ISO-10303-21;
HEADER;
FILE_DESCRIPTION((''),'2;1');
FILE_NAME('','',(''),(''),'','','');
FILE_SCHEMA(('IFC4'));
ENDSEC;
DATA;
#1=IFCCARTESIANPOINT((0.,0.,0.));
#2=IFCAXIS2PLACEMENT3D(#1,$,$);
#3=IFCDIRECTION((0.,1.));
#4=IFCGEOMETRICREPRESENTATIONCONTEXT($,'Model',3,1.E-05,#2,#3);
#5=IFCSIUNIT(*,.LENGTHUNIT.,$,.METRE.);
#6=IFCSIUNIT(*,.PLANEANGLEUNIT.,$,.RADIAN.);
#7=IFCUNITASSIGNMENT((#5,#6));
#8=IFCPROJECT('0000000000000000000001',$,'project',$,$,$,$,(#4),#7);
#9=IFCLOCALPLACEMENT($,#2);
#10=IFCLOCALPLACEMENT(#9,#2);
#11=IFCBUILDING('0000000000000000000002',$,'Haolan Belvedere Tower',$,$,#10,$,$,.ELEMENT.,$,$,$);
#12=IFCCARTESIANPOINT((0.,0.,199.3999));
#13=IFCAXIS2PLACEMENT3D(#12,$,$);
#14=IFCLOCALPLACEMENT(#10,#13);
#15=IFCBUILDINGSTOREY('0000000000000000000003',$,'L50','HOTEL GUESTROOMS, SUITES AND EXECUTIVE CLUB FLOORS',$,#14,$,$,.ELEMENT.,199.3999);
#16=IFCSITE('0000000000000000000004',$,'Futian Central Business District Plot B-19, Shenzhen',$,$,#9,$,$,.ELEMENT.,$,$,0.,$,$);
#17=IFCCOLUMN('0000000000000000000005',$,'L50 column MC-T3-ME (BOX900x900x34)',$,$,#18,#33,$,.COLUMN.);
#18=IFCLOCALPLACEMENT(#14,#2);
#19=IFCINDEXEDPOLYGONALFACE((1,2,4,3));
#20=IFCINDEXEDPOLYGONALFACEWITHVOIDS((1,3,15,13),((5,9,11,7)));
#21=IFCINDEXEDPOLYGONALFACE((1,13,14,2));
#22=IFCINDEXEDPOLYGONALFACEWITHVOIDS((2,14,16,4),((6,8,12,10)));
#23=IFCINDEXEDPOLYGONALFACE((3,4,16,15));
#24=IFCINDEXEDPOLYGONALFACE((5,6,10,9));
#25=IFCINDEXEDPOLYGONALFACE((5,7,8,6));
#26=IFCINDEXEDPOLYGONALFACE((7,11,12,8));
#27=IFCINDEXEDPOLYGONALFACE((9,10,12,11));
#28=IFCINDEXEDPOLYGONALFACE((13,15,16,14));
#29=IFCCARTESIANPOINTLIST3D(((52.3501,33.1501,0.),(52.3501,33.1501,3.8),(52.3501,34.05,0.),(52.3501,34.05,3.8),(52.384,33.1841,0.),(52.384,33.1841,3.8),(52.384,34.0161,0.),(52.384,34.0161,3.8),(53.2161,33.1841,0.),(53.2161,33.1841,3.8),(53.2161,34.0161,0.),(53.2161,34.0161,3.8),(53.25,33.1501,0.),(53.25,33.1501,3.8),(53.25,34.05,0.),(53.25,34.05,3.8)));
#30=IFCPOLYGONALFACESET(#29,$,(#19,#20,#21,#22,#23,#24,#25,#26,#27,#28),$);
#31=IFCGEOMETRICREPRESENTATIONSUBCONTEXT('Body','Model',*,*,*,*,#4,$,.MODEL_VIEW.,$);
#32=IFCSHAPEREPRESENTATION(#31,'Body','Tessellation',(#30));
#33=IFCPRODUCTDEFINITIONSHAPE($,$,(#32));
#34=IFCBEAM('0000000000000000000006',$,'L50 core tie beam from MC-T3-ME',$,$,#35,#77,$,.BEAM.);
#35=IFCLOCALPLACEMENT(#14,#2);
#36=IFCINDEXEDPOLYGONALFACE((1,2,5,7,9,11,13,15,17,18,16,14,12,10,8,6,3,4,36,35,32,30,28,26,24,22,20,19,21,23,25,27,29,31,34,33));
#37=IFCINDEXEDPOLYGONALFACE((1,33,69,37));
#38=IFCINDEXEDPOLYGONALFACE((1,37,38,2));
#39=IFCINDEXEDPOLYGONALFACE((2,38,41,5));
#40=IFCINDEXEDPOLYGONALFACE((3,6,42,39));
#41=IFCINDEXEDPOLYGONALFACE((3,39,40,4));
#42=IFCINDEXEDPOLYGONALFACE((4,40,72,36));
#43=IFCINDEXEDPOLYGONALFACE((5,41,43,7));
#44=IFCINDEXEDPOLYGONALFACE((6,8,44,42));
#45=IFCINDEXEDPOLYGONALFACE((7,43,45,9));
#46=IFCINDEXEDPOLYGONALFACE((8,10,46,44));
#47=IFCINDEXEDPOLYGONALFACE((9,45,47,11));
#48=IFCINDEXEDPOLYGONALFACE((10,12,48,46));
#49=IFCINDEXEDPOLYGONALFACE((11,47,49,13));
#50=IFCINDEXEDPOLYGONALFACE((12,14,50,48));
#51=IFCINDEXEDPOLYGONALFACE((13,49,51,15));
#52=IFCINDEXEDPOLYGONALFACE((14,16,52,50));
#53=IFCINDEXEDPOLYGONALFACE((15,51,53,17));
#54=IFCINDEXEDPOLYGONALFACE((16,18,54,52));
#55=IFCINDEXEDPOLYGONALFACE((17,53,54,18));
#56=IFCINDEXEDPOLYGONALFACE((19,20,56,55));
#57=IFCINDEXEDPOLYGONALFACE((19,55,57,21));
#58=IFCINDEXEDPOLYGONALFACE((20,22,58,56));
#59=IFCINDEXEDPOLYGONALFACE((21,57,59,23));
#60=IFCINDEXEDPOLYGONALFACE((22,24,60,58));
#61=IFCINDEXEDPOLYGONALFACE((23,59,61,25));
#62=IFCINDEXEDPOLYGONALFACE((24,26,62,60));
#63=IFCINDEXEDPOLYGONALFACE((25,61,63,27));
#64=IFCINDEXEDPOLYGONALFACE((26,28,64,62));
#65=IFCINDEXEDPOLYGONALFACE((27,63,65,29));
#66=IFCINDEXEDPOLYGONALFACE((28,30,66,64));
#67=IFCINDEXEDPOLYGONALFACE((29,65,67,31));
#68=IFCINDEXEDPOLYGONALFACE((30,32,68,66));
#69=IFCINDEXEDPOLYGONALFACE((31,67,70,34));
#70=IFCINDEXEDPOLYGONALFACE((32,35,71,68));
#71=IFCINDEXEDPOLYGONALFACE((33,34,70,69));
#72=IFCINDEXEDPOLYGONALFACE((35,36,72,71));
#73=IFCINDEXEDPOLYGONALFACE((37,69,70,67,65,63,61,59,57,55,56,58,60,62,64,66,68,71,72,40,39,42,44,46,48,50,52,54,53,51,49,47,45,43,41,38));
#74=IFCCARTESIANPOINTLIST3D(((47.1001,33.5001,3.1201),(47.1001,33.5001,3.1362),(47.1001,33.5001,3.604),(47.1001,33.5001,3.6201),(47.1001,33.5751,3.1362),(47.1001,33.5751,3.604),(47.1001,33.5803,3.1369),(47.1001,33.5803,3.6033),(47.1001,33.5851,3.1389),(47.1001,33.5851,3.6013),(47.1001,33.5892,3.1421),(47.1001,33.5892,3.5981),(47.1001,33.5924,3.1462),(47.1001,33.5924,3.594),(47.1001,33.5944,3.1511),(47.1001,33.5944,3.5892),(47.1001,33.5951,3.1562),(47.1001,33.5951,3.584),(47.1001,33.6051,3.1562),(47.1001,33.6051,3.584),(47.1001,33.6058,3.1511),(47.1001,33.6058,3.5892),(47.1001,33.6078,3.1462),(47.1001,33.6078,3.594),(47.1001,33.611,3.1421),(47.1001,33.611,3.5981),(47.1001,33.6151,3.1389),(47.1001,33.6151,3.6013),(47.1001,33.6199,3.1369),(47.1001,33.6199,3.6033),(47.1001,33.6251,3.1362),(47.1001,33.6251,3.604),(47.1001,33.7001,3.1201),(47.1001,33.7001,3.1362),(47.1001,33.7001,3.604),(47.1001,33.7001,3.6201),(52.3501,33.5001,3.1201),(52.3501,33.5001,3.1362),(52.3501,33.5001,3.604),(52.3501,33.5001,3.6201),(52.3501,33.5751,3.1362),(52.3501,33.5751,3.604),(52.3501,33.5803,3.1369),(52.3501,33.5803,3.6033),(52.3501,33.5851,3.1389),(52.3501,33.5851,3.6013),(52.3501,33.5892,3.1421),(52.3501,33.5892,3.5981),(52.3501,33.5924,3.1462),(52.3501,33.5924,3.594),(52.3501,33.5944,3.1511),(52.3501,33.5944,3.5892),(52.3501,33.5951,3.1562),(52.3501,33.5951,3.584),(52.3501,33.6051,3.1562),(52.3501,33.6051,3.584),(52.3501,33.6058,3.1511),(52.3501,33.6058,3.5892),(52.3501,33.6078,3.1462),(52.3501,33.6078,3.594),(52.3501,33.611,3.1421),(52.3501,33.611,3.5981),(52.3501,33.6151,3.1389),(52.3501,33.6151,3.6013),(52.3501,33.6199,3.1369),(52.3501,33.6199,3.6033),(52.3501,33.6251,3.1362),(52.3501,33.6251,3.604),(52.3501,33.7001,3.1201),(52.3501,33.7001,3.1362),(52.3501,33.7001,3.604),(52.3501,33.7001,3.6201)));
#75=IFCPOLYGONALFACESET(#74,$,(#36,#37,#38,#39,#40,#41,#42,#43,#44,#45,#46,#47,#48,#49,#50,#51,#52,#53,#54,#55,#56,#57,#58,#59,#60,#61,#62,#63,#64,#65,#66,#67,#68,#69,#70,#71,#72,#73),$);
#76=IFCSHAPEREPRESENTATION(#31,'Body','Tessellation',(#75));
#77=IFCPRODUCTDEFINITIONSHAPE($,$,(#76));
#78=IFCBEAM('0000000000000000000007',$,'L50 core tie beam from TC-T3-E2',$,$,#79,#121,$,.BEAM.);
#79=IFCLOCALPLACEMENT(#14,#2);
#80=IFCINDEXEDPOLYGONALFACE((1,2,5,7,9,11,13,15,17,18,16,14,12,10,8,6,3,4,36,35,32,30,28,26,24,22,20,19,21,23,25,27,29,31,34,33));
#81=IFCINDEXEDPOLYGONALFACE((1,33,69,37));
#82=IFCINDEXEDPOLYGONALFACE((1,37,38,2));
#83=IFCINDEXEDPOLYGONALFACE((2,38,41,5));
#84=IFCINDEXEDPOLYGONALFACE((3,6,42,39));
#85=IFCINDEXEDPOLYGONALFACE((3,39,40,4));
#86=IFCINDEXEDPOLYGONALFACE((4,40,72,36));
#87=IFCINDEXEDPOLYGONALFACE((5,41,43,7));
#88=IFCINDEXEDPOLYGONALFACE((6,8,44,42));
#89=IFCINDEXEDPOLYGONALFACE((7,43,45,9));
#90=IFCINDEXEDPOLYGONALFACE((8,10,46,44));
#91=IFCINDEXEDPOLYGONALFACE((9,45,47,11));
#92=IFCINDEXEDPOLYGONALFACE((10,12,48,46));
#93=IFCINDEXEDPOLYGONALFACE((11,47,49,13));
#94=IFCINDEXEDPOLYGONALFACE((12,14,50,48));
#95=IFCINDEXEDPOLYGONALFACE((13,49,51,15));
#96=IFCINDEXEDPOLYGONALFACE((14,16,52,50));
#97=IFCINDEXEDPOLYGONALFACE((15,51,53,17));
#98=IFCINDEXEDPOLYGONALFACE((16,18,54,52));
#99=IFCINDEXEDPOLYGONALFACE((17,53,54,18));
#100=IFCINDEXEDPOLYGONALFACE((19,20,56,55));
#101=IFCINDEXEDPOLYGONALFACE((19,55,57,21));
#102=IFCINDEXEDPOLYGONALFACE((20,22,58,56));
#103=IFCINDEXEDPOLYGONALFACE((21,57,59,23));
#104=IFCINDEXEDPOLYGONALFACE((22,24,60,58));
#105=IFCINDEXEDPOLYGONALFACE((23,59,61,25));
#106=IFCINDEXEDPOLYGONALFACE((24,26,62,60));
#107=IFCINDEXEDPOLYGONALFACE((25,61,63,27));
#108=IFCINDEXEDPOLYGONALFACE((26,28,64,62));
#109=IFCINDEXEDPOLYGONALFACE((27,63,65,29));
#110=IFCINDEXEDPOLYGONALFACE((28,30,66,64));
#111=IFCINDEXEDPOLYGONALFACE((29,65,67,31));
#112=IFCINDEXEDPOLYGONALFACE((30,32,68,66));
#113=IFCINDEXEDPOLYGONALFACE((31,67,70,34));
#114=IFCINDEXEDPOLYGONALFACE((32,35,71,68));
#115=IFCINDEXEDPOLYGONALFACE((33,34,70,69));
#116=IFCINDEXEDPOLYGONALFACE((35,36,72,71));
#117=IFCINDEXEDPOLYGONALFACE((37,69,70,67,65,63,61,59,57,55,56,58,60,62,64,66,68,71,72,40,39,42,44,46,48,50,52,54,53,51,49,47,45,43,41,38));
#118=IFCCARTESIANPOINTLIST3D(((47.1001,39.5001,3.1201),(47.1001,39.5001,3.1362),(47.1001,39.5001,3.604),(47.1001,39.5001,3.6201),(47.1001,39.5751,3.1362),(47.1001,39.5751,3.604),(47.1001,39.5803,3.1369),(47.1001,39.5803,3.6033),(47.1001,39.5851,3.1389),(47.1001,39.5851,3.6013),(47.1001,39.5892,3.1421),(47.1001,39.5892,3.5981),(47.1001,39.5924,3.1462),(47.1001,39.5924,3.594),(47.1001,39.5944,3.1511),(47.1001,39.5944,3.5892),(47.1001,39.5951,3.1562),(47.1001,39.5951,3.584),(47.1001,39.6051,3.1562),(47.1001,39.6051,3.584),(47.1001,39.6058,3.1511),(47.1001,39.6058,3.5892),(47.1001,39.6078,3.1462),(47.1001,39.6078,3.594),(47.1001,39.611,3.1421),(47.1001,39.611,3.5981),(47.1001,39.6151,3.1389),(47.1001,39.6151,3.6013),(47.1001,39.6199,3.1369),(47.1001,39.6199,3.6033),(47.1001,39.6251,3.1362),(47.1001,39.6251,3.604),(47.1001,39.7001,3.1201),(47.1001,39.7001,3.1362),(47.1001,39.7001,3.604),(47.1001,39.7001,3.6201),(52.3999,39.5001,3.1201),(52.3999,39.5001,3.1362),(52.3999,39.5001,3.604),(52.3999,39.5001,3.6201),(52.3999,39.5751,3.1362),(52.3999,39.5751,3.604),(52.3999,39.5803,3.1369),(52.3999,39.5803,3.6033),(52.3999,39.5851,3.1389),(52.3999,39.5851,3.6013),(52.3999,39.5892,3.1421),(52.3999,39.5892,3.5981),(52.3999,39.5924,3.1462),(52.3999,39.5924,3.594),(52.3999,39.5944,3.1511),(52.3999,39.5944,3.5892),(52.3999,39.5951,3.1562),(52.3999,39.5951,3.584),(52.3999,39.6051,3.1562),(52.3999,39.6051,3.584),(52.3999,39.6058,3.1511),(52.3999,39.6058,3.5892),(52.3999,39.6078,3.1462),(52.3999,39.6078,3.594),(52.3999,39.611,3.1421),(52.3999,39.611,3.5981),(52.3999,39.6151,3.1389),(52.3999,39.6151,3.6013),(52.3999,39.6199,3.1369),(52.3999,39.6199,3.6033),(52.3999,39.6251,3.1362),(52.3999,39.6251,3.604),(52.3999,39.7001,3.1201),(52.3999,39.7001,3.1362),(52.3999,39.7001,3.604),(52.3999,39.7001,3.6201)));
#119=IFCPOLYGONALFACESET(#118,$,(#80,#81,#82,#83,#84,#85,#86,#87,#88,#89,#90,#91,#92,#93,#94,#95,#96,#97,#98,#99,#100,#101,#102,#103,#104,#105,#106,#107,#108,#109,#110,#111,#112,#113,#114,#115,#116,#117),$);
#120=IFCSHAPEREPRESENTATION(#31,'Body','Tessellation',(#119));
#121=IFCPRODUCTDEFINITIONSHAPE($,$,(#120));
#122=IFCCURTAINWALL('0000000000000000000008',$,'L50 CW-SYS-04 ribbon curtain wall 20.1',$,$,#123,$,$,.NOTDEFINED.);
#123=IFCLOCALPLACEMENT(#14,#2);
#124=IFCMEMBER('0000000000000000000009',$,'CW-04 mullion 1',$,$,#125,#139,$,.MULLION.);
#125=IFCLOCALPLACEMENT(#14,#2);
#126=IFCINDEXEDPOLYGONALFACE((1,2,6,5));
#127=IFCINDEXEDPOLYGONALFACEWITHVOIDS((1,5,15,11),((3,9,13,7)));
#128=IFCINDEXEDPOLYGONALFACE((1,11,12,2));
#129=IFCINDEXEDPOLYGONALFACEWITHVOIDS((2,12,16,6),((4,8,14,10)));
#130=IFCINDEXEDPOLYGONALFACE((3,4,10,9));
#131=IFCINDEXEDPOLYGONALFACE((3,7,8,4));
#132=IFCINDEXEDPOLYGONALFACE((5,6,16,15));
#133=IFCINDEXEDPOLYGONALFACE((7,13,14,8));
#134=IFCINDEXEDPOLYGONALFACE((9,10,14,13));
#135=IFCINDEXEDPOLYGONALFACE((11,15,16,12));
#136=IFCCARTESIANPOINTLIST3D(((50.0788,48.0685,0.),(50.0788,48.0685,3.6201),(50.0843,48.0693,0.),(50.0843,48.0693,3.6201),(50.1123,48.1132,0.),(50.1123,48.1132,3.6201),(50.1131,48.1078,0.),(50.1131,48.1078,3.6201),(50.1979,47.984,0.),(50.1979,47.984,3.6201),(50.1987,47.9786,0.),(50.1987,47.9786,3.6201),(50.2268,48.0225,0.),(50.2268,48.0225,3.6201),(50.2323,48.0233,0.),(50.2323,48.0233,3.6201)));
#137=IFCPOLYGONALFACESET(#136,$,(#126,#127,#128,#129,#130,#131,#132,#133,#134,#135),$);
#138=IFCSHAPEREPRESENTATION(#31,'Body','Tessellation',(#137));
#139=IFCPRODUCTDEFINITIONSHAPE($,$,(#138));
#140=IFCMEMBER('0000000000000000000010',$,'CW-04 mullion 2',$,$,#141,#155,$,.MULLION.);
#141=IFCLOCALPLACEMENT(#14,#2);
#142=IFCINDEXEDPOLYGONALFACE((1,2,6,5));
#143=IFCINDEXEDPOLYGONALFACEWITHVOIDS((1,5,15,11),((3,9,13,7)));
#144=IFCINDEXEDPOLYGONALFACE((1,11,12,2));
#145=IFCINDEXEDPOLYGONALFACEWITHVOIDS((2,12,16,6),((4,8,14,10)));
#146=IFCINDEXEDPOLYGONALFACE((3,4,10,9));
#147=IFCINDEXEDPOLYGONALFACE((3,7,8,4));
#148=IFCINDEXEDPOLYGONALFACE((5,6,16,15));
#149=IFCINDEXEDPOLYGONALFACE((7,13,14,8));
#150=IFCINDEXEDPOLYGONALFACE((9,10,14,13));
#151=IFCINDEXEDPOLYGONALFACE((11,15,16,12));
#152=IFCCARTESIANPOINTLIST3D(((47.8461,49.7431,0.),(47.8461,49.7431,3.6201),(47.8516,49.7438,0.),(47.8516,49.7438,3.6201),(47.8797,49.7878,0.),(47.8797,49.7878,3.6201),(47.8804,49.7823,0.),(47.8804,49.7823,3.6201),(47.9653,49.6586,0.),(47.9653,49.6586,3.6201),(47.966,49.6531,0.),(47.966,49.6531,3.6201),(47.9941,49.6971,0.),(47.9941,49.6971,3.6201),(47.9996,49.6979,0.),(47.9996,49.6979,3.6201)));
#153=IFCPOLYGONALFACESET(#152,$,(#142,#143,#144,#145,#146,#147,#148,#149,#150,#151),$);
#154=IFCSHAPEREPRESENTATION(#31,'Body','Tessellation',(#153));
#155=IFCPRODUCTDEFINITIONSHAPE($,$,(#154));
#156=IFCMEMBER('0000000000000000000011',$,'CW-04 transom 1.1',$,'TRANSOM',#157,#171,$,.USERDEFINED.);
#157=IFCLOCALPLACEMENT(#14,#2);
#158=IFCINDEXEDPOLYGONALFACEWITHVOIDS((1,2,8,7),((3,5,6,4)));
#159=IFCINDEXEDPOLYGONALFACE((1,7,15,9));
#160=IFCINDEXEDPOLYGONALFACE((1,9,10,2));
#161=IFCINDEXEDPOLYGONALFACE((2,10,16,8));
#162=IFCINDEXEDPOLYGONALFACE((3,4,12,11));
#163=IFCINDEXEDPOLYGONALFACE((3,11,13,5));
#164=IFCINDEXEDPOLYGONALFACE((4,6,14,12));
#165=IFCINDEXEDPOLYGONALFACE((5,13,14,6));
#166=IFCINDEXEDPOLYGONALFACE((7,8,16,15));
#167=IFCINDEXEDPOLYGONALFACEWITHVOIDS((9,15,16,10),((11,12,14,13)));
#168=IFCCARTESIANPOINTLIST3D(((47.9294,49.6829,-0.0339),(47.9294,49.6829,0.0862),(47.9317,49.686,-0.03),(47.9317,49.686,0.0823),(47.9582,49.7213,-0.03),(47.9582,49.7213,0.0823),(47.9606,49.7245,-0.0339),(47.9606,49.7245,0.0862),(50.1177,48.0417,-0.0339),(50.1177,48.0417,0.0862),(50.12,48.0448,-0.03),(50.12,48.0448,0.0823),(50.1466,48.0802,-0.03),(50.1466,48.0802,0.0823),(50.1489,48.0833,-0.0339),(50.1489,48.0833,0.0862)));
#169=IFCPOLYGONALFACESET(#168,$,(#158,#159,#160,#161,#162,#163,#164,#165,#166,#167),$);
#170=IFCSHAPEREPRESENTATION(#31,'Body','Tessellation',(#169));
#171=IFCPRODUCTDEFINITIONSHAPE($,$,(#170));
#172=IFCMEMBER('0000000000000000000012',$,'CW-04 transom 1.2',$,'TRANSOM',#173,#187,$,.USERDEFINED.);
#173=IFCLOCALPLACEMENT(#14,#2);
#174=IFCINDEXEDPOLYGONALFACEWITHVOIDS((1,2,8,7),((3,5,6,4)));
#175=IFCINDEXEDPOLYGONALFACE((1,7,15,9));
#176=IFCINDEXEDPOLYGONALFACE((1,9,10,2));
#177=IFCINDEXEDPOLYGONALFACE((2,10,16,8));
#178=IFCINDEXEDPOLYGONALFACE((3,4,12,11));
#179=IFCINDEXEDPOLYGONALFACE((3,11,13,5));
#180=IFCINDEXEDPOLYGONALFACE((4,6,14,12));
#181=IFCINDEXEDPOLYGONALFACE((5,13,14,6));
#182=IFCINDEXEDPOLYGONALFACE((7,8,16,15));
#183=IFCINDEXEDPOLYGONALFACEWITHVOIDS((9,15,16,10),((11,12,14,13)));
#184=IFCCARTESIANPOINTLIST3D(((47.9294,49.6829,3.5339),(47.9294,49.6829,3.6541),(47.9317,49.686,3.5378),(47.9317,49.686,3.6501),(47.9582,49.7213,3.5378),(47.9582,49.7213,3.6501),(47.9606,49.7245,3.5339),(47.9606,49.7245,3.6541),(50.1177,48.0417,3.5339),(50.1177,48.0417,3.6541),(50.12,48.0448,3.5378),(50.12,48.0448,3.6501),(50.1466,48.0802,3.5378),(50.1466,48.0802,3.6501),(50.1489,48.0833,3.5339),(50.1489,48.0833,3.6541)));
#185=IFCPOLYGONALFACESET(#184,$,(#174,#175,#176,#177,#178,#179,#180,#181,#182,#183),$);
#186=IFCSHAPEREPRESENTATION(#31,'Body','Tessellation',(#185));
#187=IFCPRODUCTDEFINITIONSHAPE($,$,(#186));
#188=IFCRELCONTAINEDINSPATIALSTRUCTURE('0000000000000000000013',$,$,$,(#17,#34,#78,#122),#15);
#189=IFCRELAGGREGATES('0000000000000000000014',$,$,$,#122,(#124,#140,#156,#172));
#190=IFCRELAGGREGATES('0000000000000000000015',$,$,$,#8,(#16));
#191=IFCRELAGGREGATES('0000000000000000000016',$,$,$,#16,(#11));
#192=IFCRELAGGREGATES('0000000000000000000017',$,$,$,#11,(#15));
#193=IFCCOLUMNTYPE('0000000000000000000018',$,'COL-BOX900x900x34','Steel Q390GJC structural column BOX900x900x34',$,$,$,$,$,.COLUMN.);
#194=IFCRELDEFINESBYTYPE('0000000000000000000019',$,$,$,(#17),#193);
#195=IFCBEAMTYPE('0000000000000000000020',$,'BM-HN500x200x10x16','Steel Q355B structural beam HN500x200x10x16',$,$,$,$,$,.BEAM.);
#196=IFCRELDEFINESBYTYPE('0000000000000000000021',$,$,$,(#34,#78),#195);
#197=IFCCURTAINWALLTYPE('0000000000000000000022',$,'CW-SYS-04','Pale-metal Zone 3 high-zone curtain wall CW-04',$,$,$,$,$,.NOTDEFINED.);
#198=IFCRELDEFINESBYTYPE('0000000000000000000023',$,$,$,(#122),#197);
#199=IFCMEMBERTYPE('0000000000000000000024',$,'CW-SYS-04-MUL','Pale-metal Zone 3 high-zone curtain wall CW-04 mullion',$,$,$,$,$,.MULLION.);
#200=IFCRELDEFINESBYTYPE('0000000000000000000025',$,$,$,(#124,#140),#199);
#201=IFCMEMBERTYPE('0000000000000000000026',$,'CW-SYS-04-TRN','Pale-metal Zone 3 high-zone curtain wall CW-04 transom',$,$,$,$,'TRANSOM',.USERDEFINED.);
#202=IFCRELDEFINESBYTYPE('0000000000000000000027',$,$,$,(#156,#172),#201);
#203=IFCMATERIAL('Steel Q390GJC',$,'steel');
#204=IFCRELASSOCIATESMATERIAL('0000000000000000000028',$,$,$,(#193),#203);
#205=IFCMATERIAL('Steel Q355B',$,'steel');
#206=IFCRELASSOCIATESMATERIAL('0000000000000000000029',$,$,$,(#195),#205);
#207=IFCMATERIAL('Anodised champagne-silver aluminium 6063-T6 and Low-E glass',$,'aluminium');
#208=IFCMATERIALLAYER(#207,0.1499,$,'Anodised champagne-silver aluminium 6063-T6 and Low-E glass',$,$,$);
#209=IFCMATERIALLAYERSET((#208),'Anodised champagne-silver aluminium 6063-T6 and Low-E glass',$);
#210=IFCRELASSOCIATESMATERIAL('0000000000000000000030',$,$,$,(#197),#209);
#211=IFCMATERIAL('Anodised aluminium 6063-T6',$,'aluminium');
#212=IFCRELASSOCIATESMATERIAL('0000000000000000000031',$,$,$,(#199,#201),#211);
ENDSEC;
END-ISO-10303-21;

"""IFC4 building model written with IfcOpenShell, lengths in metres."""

from ifc_helpers import new_model, si_unit, direction, frame, origin, origin_2d, place, context, subcontext, project, spatial, hollow_rectangle, i_section, extrude, material, layer, layer_set, material_profile, profile_set, type_object, element, aggregate, save


model = new_model("IFC4")

# Units and contexts
model_context = context("Model", 3, precision=1e-05, world=origin(), true_north=direction((0.0, 1.0)))
body_context = subcontext(model_context, "Body", "Model", "MODEL_VIEW")
ifc_project = project(units=[si_unit("LENGTHUNIT", "METRE"), si_unit("PLANEANGLEUNIT", "RADIAN")], contexts=[model_context])

# Site, building, storey
site_placement = place(None, origin())
site = spatial("IfcSite", under=ifc_project, at=site_placement, Name="Futian Central Business District Plot B-19, Shenzhen", CompositionType="ELEMENT", RefElevation=0.0)
building_placement = place(site_placement, origin())
building = spatial("IfcBuilding", under=site, at=building_placement, Name="Haolan Belvedere Tower", CompositionType="ELEMENT")
storey_placement = place(building_placement, frame((0.0, 0.0, 199.3999)))
storey = spatial("IfcBuildingStorey", under=building, at=storey_placement, Name="L50", Description="HOTEL GUESTROOMS, SUITES AND EXECUTIVE CLUB FLOORS", CompositionType="ELEMENT", Elevation=199.3999)

# Column
ifc_material_1 = material(Name="Steel Q390GJC", Category="steel")
ifc_material_profile_1 = material_profile(ifc_material_1, hollow_rectangle(XDim=0.8999, YDim=0.8999, WallThickness=0.0339, at=origin_2d()), Name="Steel Q390GJC")
ifc_profile_set_1 = profile_set([ifc_material_profile_1], Name="Steel Q390GJC")
column_type = type_object("IfcColumnType", Name="COL-BOX900x900x34", Description="Steel Q390GJC structural column BOX900x900x34", PredefinedType="COLUMN", material=ifc_profile_set_1)
column_placement = place(storey_placement, frame((52.8, 33.6001, 0.0), z_axis=(0.0, 0.0, 1.0), x_axis=(1.0, 0.0, 0.0)))
element("IfcColumn", 1, at=column_placement, inside=storey, type_object=column_type, Name="L50 column MC-T3-ME (BOX900x900x34)", PredefinedType="COLUMN", context=body_context, shape_type="SweptSolid", body=[
    extrude(hollow_rectangle(XDim=0.8999, YDim=0.8999, WallThickness=0.0339, at=origin_2d()), origin(), (0.0, 0.0, 1.0), 3.8),
])

# Beams
ifc_material_2 = material(Name="Steel Q355B", Category="steel")
ifc_material_profile_2 = material_profile(ifc_material_2, i_section(OverallWidth=0.2, OverallDepth=0.5, WebThickness=0.01, FlangeThickness=0.0161, FilletRadius=0.02, at=origin_2d()), Name="Steel Q355B")
ifc_profile_set_2 = profile_set([ifc_material_profile_2], Name="Steel Q355B")
beam_type = type_object("IfcBeamType", Name="BM-HN500x200x10x16", Description="Steel Q355B structural beam HN500x200x10x16", PredefinedType="BEAM", material=ifc_profile_set_2)
beam_1_placement = place(storey_placement, frame((52.3501, 33.6001, 3.3701), z_axis=(-1.0, 0.0, 0.0), x_axis=(0.0, -1.0, 0.0)))
element("IfcBeam", 2, at=beam_1_placement, inside=storey, type_object=beam_type, Name="L50 core tie beam from MC-T3-ME", PredefinedType="BEAM", context=body_context, shape_type="SweptSolid", body=[
    extrude(i_section(OverallWidth=0.2, OverallDepth=0.5, WebThickness=0.01, FlangeThickness=0.0161, FilletRadius=0.02, at=origin_2d()), origin(), (0.0, 0.0, 1.0), 5.25),
])
beam_2_placement = place(storey_placement, frame((52.3999, 39.6001, 3.3701), z_axis=(-1.0, 0.0, 0.0), x_axis=(0.0, -1.0, 0.0)))
element("IfcBeam", 3, at=beam_2_placement, inside=storey, type_object=beam_type, Name="L50 core tie beam from TC-T3-E2", PredefinedType="BEAM", context=body_context, shape_type="SweptSolid", body=[
    extrude(i_section(OverallWidth=0.2, OverallDepth=0.5, WebThickness=0.01, FlangeThickness=0.0161, FilletRadius=0.02, at=origin_2d()), origin(), (0.0, 0.0, 1.0), 5.2998),
])

# Curtain wall, members
ifc_material_3 = material(Name="Anodised champagne-silver aluminium 6063-T6 and Low-E glass", Category="aluminium")
ifc_layer_1 = layer(ifc_material_3, 0.1499, Name="Anodised champagne-silver aluminium 6063-T6 and Low-E glass")
ifc_layer_set_1 = layer_set([ifc_layer_1], Name="Anodised champagne-silver aluminium 6063-T6 and Low-E glass")
curtain_wall_type = type_object("IfcCurtainWallType", Name="CW-SYS-04", Description="Pale-metal Zone 3 high-zone curtain wall CW-04", PredefinedType="NOTDEFINED", material=ifc_layer_set_1)
curtain_wall_placement = place(storey_placement, origin())
curtain_wall = element("IfcCurtainWall", 4, at=curtain_wall_placement, inside=storey, type_object=curtain_wall_type, Name="L50 CW-SYS-04 ribbon curtain wall 20.1", PredefinedType="NOTDEFINED")
ifc_material_4 = material(Name="Anodised aluminium 6063-T6", Category="aluminium")
ifc_material_profile_3 = material_profile(ifc_material_4, hollow_rectangle(XDim=0.0559, YDim=0.1499, WallThickness=0.0039, at=origin_2d()), Name="Anodised aluminium 6063-T6")
ifc_profile_set_3 = profile_set([ifc_material_profile_3], Name="Anodised aluminium 6063-T6")
member_type_1 = type_object("IfcMemberType", Name="CW-SYS-04-MUL", Description="Pale-metal Zone 3 high-zone curtain wall CW-04 mullion", PredefinedType="MULLION", material=ifc_profile_set_3)
member_1_placement = place(storey_placement, frame((50.1555, 48.0459, 0.0), z_axis=(0.0, 0.0, 1.0), x_axis=(-0.600003, -0.799998, 0.0)))
member_1 = element("IfcMember", 5, at=member_1_placement, type_object=member_type_1, Name="CW-04 mullion 1", PredefinedType="MULLION", context=body_context, shape_type="SweptSolid", body=[
    extrude(hollow_rectangle(XDim=0.0559, YDim=0.1499, WallThickness=0.0039, at=origin_2d()), origin(), (0.0, 0.0, 1.0), 3.6201),
])
member_2_placement = place(storey_placement, frame((47.9229, 49.7205, 0.0), z_axis=(0.0, 0.0, 1.0), x_axis=(-0.600003, -0.799998, 0.0)))
member_2 = element("IfcMember", 6, at=member_2_placement, type_object=member_type_1, Name="CW-04 mullion 2", PredefinedType="MULLION", context=body_context, shape_type="SweptSolid", body=[
    extrude(hollow_rectangle(XDim=0.0559, YDim=0.1499, WallThickness=0.0039, at=origin_2d()), origin(), (0.0, 0.0, 1.0), 3.6201),
])
ifc_material_profile_4 = material_profile(ifc_material_4, hollow_rectangle(XDim=0.052, YDim=0.1201, WallThickness=0.0039, at=origin_2d()), Name="Anodised aluminium 6063-T6")
ifc_profile_set_4 = profile_set([ifc_material_profile_4], Name="Anodised aluminium 6063-T6")
member_type_2 = type_object("IfcMemberType", Name="CW-SYS-04-TRN", Description="Pale-metal Zone 3 high-zone curtain wall CW-04 transom", ElementType="TRANSOM", PredefinedType="USERDEFINED", material=ifc_profile_set_4)
member_3_placement = place(storey_placement, frame((50.1333, 48.0625, 0.0261), z_axis=(-0.800011, 0.599986, 0.0), x_axis=(-0.599986, -0.800011, 0.0)))
member_3 = element("IfcMember", 7, at=member_3_placement, type_object=member_type_2, Name="CW-04 transom 1.1", ObjectType="TRANSOM", PredefinedType="USERDEFINED", context=body_context, shape_type="SweptSolid", body=[
    extrude(hollow_rectangle(XDim=0.052, YDim=0.1201, WallThickness=0.0039, at=origin_2d()), origin(), (0.0, 0.0, 1.0), 2.7354),
])
member_4_placement = place(storey_placement, frame((50.1333, 48.0625, 3.594), z_axis=(-0.800011, 0.599986, 0.0), x_axis=(-0.599986, -0.800011, 0.0)))
member_4 = element("IfcMember", 8, at=member_4_placement, type_object=member_type_2, Name="CW-04 transom 1.2", ObjectType="TRANSOM", PredefinedType="USERDEFINED", context=body_context, shape_type="SweptSolid", body=[
    extrude(hollow_rectangle(XDim=0.052, YDim=0.1201, WallThickness=0.0039, at=origin_2d()), origin(), (0.0, 0.0, 1.0), 2.7354),
])
aggregate(curtain_wall, [member_1, member_2, member_3, member_4])

save(model, "model.ifc")
